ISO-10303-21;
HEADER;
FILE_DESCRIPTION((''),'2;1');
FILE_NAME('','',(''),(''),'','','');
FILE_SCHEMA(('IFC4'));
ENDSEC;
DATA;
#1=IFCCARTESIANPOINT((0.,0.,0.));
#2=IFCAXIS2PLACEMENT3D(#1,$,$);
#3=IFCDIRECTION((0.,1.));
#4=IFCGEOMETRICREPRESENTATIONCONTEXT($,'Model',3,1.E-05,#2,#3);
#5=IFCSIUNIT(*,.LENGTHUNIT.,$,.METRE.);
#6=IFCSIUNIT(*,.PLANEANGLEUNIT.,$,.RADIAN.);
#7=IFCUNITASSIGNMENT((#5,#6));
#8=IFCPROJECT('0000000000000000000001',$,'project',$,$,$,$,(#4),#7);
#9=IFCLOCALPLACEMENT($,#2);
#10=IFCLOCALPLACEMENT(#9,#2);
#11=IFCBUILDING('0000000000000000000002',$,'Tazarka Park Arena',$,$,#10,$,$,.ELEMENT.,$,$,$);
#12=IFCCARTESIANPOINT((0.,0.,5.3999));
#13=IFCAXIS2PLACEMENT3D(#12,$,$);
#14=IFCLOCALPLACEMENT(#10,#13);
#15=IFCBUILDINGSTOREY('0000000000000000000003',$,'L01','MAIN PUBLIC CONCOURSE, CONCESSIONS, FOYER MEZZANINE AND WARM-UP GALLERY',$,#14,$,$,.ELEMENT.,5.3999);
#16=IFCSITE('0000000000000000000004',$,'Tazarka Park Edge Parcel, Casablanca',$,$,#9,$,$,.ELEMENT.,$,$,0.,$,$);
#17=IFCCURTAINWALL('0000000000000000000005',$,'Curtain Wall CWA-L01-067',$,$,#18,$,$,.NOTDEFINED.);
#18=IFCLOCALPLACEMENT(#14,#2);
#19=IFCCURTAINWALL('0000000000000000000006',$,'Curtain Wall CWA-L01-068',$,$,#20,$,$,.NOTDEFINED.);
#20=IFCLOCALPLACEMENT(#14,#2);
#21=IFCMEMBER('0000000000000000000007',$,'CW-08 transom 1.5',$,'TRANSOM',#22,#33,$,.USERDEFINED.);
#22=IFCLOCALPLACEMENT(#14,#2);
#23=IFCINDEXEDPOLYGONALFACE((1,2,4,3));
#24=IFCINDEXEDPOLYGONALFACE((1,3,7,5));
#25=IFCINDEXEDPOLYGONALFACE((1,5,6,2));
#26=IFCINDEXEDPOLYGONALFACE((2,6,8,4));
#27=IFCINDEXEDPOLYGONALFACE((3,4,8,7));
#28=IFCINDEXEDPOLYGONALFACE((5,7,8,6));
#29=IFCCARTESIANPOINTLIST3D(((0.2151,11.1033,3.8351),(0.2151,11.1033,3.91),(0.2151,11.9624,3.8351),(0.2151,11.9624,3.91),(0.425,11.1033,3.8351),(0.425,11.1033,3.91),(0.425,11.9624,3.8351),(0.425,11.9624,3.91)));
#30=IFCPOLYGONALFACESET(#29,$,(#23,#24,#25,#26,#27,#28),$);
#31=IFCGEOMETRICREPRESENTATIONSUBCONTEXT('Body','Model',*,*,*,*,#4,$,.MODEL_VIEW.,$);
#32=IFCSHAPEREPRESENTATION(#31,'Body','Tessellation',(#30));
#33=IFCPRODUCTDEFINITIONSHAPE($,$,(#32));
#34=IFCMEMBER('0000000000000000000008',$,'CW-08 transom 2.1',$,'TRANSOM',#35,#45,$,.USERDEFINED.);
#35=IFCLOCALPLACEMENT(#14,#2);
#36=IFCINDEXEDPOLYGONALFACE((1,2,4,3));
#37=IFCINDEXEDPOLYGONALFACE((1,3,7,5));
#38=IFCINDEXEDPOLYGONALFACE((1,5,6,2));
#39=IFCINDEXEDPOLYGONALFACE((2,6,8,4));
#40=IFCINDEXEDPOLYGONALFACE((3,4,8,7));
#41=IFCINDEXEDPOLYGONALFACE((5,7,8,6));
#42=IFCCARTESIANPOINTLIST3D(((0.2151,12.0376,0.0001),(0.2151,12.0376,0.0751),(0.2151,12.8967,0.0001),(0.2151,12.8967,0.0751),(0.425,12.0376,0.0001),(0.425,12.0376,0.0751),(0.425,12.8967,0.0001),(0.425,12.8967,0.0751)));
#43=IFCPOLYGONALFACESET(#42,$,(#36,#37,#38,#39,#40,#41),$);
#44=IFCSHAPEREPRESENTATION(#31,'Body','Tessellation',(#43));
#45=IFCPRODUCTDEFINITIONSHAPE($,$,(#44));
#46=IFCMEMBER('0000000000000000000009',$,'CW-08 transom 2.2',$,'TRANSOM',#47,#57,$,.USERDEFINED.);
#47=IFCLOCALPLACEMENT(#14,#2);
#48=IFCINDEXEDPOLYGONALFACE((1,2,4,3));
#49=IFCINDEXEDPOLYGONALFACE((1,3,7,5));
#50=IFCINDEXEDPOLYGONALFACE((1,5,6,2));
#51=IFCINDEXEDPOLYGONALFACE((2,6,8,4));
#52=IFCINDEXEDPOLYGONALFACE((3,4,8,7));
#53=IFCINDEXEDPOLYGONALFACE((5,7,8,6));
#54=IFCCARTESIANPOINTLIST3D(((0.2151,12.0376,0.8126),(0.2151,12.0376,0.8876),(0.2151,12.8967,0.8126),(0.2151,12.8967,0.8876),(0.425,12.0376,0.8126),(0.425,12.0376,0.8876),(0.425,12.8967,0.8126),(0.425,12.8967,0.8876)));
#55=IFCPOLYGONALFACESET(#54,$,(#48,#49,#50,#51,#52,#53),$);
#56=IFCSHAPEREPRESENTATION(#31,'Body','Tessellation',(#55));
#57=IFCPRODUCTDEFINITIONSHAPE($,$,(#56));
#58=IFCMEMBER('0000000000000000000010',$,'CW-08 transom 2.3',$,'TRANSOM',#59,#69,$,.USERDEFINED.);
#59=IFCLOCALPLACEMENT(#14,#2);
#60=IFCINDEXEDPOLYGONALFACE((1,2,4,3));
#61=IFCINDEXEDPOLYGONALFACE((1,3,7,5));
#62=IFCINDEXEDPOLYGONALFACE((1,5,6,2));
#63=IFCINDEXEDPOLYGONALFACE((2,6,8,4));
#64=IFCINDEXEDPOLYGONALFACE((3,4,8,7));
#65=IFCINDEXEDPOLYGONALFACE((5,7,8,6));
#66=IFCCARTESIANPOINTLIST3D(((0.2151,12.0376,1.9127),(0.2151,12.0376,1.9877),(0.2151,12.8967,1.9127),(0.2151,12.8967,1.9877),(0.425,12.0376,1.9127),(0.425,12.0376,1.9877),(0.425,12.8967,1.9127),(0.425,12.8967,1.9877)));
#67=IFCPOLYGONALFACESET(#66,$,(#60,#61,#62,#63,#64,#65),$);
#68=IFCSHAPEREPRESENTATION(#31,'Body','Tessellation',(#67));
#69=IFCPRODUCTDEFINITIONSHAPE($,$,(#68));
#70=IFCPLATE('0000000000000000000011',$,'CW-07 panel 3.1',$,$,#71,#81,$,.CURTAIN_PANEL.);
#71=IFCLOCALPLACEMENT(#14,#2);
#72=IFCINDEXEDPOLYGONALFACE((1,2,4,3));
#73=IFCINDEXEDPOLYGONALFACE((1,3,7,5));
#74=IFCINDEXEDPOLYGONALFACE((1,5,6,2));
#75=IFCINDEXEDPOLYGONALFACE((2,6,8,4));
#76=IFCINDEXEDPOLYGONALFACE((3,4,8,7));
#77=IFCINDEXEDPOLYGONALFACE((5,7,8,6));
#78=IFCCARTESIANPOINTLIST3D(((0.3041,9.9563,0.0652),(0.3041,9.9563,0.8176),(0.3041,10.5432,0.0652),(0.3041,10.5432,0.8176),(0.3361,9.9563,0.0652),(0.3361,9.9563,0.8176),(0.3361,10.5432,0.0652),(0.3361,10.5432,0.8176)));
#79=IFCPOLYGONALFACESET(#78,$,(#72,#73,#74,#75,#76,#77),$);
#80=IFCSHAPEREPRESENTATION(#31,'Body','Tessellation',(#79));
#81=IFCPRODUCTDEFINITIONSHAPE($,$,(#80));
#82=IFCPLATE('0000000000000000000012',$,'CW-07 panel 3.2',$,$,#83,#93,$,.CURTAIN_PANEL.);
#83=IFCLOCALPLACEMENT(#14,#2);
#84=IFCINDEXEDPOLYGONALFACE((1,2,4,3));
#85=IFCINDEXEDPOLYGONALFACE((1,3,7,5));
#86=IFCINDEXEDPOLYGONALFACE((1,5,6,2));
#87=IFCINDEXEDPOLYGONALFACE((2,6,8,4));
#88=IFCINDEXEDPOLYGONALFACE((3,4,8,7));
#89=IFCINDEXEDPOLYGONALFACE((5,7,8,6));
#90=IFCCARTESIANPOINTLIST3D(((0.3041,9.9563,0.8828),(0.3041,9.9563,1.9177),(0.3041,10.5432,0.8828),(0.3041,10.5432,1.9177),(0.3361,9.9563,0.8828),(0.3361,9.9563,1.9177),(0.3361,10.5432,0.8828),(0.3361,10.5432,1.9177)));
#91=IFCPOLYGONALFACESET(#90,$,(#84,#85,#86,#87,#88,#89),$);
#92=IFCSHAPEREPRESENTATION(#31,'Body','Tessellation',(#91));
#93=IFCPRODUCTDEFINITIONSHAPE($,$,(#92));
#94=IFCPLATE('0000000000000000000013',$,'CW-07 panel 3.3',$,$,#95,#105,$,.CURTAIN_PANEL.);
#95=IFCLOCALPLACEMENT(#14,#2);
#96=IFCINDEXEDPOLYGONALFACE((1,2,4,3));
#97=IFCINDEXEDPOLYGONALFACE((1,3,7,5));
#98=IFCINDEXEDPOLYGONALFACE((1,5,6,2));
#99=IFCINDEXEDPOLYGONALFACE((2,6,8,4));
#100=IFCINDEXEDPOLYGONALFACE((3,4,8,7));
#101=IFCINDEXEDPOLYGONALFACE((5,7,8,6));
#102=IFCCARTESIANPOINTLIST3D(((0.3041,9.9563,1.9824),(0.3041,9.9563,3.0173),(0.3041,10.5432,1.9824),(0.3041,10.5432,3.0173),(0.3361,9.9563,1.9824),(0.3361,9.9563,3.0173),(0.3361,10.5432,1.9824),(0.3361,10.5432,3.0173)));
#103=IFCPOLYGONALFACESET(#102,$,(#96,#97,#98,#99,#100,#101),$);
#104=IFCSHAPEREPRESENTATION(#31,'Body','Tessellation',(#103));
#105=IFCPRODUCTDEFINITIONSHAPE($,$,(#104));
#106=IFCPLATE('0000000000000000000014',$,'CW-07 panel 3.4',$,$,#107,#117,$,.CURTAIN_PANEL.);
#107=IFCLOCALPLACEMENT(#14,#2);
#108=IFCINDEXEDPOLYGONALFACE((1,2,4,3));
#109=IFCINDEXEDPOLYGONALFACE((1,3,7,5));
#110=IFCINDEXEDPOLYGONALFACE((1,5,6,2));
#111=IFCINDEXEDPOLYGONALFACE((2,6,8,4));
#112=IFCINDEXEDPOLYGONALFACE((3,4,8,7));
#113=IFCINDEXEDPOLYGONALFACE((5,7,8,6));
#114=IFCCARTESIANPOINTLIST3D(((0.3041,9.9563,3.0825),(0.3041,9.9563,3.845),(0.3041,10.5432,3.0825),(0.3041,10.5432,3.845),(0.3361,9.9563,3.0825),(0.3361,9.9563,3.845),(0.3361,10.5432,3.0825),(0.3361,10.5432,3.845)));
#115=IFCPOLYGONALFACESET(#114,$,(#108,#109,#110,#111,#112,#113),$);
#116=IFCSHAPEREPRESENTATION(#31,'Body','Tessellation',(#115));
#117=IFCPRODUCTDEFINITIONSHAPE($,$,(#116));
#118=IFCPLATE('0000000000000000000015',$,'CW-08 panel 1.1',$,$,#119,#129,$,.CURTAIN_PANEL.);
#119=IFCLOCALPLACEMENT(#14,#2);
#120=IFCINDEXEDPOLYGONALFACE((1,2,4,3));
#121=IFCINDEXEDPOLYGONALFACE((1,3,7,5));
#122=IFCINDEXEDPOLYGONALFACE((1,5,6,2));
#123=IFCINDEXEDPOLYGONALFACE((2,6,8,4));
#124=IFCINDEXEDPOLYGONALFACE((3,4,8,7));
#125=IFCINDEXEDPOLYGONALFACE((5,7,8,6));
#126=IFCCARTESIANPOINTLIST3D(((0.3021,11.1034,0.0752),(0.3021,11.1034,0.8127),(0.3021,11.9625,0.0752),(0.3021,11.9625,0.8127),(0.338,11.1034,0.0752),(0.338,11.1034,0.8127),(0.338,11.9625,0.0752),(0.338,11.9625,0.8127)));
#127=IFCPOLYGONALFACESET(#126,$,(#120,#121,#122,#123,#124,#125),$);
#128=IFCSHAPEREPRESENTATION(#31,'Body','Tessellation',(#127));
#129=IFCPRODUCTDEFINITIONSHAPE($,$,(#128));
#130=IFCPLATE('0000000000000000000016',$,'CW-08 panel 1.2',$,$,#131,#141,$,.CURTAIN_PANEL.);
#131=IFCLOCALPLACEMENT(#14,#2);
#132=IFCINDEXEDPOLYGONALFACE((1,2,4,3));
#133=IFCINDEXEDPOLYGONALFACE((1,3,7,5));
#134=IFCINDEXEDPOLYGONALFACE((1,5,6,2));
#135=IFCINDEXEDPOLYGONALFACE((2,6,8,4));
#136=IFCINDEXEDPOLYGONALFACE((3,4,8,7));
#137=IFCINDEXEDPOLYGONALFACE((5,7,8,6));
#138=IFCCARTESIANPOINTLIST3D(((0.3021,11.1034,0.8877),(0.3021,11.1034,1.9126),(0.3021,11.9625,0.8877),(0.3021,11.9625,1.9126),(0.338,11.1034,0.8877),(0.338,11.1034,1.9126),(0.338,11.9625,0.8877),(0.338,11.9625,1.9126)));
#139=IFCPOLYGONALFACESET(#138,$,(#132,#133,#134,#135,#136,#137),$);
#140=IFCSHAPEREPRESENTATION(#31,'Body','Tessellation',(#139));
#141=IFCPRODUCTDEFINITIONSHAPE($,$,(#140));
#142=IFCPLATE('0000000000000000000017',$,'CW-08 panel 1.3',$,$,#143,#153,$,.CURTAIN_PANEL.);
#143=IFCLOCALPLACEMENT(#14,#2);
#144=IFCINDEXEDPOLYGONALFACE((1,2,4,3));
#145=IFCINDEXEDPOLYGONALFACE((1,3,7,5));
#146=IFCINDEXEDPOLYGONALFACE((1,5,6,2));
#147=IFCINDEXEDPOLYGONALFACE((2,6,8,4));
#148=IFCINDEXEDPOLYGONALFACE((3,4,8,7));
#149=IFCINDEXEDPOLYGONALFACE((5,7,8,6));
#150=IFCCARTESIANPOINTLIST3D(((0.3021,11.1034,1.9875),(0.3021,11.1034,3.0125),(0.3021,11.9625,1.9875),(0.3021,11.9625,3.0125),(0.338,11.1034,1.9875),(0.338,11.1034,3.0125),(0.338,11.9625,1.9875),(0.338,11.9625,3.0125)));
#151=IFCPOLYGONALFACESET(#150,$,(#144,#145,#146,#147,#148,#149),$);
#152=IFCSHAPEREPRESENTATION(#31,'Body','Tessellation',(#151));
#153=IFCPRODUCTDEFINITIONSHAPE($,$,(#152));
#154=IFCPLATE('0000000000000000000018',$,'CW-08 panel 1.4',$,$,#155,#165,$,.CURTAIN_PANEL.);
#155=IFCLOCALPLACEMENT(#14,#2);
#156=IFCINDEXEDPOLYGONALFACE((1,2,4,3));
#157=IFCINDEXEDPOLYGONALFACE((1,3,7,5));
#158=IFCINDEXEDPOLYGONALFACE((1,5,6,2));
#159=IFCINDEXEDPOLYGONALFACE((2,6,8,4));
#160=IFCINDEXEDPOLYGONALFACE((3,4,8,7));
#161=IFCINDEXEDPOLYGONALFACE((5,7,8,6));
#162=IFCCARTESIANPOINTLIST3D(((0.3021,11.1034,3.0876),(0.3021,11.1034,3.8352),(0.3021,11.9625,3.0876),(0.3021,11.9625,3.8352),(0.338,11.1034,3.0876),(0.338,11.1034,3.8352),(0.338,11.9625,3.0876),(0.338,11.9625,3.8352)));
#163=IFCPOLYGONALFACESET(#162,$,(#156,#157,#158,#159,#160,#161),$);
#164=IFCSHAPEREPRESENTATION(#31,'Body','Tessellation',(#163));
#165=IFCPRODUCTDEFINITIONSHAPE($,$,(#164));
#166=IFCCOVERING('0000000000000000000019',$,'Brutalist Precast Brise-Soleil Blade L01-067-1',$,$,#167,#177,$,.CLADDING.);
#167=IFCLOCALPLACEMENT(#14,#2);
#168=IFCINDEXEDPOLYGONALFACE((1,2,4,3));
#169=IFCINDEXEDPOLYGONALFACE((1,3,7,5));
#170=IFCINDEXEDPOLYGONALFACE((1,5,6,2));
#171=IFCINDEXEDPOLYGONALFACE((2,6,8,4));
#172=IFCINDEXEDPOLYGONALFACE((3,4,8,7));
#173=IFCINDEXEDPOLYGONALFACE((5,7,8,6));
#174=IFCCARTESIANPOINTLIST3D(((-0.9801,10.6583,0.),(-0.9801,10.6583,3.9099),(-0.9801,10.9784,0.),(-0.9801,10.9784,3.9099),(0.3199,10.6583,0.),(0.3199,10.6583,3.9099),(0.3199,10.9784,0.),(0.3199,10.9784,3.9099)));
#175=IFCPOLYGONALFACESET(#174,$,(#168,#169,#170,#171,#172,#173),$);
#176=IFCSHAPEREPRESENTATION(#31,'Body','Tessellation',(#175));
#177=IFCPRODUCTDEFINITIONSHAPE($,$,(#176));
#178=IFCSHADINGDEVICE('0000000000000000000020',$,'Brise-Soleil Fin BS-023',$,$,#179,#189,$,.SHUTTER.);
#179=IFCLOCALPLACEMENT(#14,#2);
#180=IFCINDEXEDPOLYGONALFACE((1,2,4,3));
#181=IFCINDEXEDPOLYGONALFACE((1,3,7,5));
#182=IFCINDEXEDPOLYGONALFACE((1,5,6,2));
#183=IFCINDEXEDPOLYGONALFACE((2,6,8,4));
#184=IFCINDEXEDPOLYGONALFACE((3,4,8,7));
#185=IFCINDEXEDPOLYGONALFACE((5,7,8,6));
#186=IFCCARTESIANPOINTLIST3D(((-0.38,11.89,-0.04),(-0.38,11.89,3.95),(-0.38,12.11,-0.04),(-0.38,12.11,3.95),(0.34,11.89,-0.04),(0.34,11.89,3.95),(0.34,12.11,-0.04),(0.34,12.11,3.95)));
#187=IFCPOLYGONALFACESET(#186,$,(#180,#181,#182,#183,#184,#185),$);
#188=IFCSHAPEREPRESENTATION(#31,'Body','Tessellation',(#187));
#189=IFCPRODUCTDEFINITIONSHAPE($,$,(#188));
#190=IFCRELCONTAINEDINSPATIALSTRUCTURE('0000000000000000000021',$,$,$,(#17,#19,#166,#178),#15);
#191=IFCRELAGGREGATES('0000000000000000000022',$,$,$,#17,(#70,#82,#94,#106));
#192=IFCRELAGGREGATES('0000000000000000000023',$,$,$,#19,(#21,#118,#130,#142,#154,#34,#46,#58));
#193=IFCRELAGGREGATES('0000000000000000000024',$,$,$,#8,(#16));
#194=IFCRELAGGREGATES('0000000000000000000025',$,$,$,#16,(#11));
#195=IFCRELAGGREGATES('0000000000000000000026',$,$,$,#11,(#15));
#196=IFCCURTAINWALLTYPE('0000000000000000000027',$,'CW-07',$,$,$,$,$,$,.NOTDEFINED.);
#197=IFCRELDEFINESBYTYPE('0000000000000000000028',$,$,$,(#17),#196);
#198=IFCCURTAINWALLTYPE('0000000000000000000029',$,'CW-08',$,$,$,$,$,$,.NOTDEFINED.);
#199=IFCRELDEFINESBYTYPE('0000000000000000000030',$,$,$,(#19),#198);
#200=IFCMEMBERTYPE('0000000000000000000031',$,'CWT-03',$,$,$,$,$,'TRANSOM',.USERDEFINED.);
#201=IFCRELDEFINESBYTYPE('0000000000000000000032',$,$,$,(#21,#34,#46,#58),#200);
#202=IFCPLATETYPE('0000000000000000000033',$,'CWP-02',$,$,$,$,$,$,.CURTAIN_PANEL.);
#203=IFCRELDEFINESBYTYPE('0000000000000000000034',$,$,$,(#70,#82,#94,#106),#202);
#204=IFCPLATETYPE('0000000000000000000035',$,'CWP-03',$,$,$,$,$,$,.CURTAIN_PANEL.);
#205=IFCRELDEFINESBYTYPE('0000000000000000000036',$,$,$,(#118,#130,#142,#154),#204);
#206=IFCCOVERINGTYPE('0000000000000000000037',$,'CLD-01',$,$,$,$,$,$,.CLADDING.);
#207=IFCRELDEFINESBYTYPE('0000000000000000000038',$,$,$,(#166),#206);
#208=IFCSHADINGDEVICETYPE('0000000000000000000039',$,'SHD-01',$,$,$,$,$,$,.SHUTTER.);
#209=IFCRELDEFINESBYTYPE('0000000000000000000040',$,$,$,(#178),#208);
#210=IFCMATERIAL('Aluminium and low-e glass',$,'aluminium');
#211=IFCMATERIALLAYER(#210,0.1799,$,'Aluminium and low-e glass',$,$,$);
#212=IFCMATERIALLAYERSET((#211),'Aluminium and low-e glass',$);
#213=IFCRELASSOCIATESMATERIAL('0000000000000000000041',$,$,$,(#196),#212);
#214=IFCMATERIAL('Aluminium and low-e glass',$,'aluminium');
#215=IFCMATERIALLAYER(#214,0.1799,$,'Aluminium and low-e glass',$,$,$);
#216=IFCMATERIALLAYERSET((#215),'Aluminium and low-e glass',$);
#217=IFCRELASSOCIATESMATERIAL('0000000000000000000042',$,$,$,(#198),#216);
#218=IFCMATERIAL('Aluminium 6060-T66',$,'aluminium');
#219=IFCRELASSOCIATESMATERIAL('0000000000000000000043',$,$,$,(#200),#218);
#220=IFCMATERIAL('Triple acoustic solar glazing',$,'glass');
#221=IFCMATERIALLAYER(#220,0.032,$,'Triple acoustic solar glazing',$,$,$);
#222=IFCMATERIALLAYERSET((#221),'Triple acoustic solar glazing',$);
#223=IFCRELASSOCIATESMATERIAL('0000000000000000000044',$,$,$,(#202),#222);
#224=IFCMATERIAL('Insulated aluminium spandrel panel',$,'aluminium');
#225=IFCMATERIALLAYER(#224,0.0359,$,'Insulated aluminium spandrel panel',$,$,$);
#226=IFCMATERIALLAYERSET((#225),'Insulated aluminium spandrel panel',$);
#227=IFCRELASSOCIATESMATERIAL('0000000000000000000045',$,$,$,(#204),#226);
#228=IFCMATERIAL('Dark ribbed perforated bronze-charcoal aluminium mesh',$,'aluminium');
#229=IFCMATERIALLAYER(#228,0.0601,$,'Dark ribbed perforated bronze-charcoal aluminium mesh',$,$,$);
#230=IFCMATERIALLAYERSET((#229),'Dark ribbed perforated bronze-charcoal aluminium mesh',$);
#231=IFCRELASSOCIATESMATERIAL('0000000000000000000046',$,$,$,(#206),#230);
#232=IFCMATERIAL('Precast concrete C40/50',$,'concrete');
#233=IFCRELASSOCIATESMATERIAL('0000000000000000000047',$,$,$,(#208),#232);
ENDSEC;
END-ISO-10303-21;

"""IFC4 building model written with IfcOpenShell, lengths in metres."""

from ifc_helpers import new_model, si_unit, direction, frame, origin, origin_2d, place, context, subcontext, project, spatial, rectangle, extrude, material, layer, layer_set, material_profile, profile_set, type_object, element, aggregate, save


model = new_model("IFC4")

# Units and contexts
model_context = context("Model", 3, precision=1e-05, world=origin(), true_north=direction((0.0, 1.0)))
body_context = subcontext(model_context, "Body", "Model", "MODEL_VIEW")
ifc_project = project(units=[si_unit("LENGTHUNIT", "METRE"), si_unit("PLANEANGLEUNIT", "RADIAN")], contexts=[model_context])

# Site, building, storey
site_placement = place(None, origin())
site = spatial("IfcSite", under=ifc_project, at=site_placement, Name="Tazarka Park Edge Parcel, Casablanca", CompositionType="ELEMENT", RefElevation=0.0)
building_placement = place(site_placement, origin())
building = spatial("IfcBuilding", under=site, at=building_placement, Name="Tazarka Park Arena", CompositionType="ELEMENT")
storey_placement = place(building_placement, frame((0.0, 0.0, 5.3999)))
storey = spatial("IfcBuildingStorey", under=building, at=storey_placement, Name="L01", Description="MAIN PUBLIC CONCOURSE, CONCESSIONS, FOYER MEZZANINE AND WARM-UP GALLERY", CompositionType="ELEMENT", Elevation=5.3999)

# Curtain wall
ifc_material_1 = material(Name="Aluminium and low-e glass", Category="aluminium")
ifc_layer_1 = layer(ifc_material_1, 0.1799, Name="Aluminium and low-e glass")
ifc_layer_set_1 = layer_set([ifc_layer_1], Name="Aluminium and low-e glass")
curtain_wall_type_1 = type_object("IfcCurtainWallType", Name="CW-07", PredefinedType="NOTDEFINED", material=ifc_layer_set_1)
curtain_wall_1_placement = place(storey_placement, origin())
curtain_wall_1 = element("IfcCurtainWall", 1, at=curtain_wall_1_placement, inside=storey, type_object=curtain_wall_type_1, Name="Curtain Wall CWA-L01-067", PredefinedType="NOTDEFINED")

# Curtain wall
ifc_material_2 = material(Name="Aluminium and low-e glass", Category="aluminium")
ifc_layer_2 = layer(ifc_material_2, 0.1799, Name="Aluminium and low-e glass")
ifc_layer_set_2 = layer_set([ifc_layer_2], Name="Aluminium and low-e glass")
curtain_wall_type_2 = type_object("IfcCurtainWallType", Name="CW-08", PredefinedType="NOTDEFINED", material=ifc_layer_set_2)
curtain_wall_2_placement = place(storey_placement, origin())
curtain_wall_2 = element("IfcCurtainWall", 2, at=curtain_wall_2_placement, inside=storey, type_object=curtain_wall_type_2, Name="Curtain Wall CWA-L01-068", PredefinedType="NOTDEFINED")

# Members
ifc_material_3 = material(Name="Aluminium 6060-T66", Category="aluminium")
ifc_material_profile_1 = material_profile(ifc_material_3, rectangle(XDim=0.21, YDim=0.075, at=origin_2d()), Name="Aluminium 6060-T66")
ifc_profile_set_1 = profile_set([ifc_material_profile_1], Name="Aluminium 6060-T66")
member_type_1 = type_object("IfcMemberType", Name="CWT-03", ElementType="TRANSOM", PredefinedType="USERDEFINED", material=ifc_profile_set_1)
member_1_placement = place(storey_placement, frame((0.3201, 11.1033, 3.8726), z_axis=(0.0, 1.0, 0.0), x_axis=(-1.0, 0.0, 0.0)))
member_1 = element("IfcMember", 3, at=member_1_placement, type_object=member_type_1, Name="CW-08 transom 1.5", ObjectType="TRANSOM", PredefinedType="USERDEFINED", context=body_context, shape_type="SweptSolid", body=[
    extrude(rectangle(XDim=0.21, YDim=0.075, at=origin_2d()), origin(), (0.0, 0.0, 1.0), 0.8591),
])
member_2_placement = place(storey_placement, frame((0.3201, 12.0376, 0.0376), z_axis=(0.0, 1.0, 0.0), x_axis=(-1.0, 0.0, 0.0)))
member_2 = element("IfcMember", 4, at=member_2_placement, type_object=member_type_1, Name="CW-08 transom 2.1", ObjectType="TRANSOM", PredefinedType="USERDEFINED", context=body_context, shape_type="SweptSolid", body=[
    extrude(rectangle(XDim=0.21, YDim=0.075, at=origin_2d()), origin(), (0.0, 0.0, 1.0), 0.8591),
])
member_3_placement = place(storey_placement, frame((0.3201, 12.0376, 0.8501), z_axis=(0.0, 1.0, 0.0), x_axis=(-1.0, 0.0, 0.0)))
member_3 = element("IfcMember", 5, at=member_3_placement, type_object=member_type_1, Name="CW-08 transom 2.2", ObjectType="TRANSOM", PredefinedType="USERDEFINED", context=body_context, shape_type="SweptSolid", body=[
    extrude(rectangle(XDim=0.21, YDim=0.075, at=origin_2d()), origin(), (0.0, 0.0, 1.0), 0.8591),
])
member_4_placement = place(storey_placement, frame((0.3201, 12.0376, 1.9502), z_axis=(0.0, 1.0, 0.0), x_axis=(-1.0, 0.0, 0.0)))
member_4 = element("IfcMember", 6, at=member_4_placement, type_object=member_type_1, Name="CW-08 transom 2.3", ObjectType="TRANSOM", PredefinedType="USERDEFINED", context=body_context, shape_type="SweptSolid", body=[
    extrude(rectangle(XDim=0.21, YDim=0.075, at=origin_2d()), origin(), (0.0, 0.0, 1.0), 0.8591),
])

# Plates
ifc_material_4 = material(Name="Triple acoustic solar glazing", Category="glass")
ifc_layer_3 = layer(ifc_material_4, 0.032, Name="Triple acoustic solar glazing")
ifc_layer_set_3 = layer_set([ifc_layer_3], Name="Triple acoustic solar glazing")
plate_type_1 = type_object("IfcPlateType", Name="CWP-02", PredefinedType="CURTAIN_PANEL", material=ifc_layer_set_3)
plate_1_placement = place(storey_placement, frame((0.3201, 10.2498, 0.0652), z_axis=(0.0, 0.0, 1.0), x_axis=(0.0, 1.0, 0.0)))
plate_1 = element("IfcPlate", 7, at=plate_1_placement, type_object=plate_type_1, Name="CW-07 panel 3.1", PredefinedType="CURTAIN_PANEL", context=body_context, shape_type="SweptSolid", body=[
    extrude(rectangle(XDim=0.5869, YDim=0.032, at=origin_2d()), origin(), (0.0, 0.0, 1.0), 0.7524),
])
plate_2_placement = place(storey_placement, frame((0.3201, 10.2498, 0.8828), z_axis=(0.0, 0.0, 1.0), x_axis=(0.0, 1.0, 0.0)))
plate_2 = element("IfcPlate", 8, at=plate_2_placement, type_object=plate_type_1, Name="CW-07 panel 3.2", PredefinedType="CURTAIN_PANEL", context=body_context, shape_type="SweptSolid", body=[
    extrude(rectangle(XDim=0.5869, YDim=0.032, at=origin_2d()), origin(), (0.0, 0.0, 1.0), 1.0349),
])
plate_3_placement = place(storey_placement, frame((0.3201, 10.2498, 1.9824), z_axis=(0.0, 0.0, 1.0), x_axis=(0.0, 1.0, 0.0)))
plate_3 = element("IfcPlate", 9, at=plate_3_placement, type_object=plate_type_1, Name="CW-07 panel 3.3", PredefinedType="CURTAIN_PANEL", context=body_context, shape_type="SweptSolid", body=[
    extrude(rectangle(XDim=0.5869, YDim=0.032, at=origin_2d()), origin(), (0.0, 0.0, 1.0), 1.0349),
])
plate_4_placement = place(storey_placement, frame((0.3201, 10.2498, 3.0825), z_axis=(0.0, 0.0, 1.0), x_axis=(0.0, 1.0, 0.0)))
plate_4 = element("IfcPlate", 10, at=plate_4_placement, type_object=plate_type_1, Name="CW-07 panel 3.4", PredefinedType="CURTAIN_PANEL", context=body_context, shape_type="SweptSolid", body=[
    extrude(rectangle(XDim=0.5869, YDim=0.032, at=origin_2d()), origin(), (0.0, 0.0, 1.0), 0.7625),
])
aggregate(curtain_wall_1, [plate_1, plate_2, plate_3, plate_4])
ifc_material_5 = material(Name="Insulated aluminium spandrel panel", Category="aluminium")
ifc_layer_4 = layer(ifc_material_5, 0.0359, Name="Insulated aluminium spandrel panel")
ifc_layer_set_4 = layer_set([ifc_layer_4], Name="Insulated aluminium spandrel panel")
plate_type_2 = type_object("IfcPlateType", Name="CWP-03", PredefinedType="CURTAIN_PANEL", material=ifc_layer_set_4)
plate_5_placement = place(storey_placement, frame((0.3201, 11.533, 0.0752), z_axis=(0.0, 0.0, 1.0), x_axis=(0.0, 1.0, 0.0)))
plate_5 = element("IfcPlate", 11, at=plate_5_placement, type_object=plate_type_2, Name="CW-08 panel 1.1", PredefinedType="CURTAIN_PANEL", context=body_context, shape_type="SweptSolid", body=[
    extrude(rectangle(XDim=0.8591, YDim=0.0359, at=origin_2d()), origin(), (0.0, 0.0, 1.0), 0.7375),
])
plate_6_placement = place(storey_placement, frame((0.3201, 11.533, 0.8877), z_axis=(0.0, 0.0, 1.0), x_axis=(0.0, 1.0, 0.0)))
plate_6 = element("IfcPlate", 12, at=plate_6_placement, type_object=plate_type_2, Name="CW-08 panel 1.2", PredefinedType="CURTAIN_PANEL", context=body_context, shape_type="SweptSolid", body=[
    extrude(rectangle(XDim=0.8591, YDim=0.0359, at=origin_2d()), origin(), (0.0, 0.0, 1.0), 1.0249),
])
plate_7_placement = place(storey_placement, frame((0.3201, 11.533, 1.9875), z_axis=(0.0, 0.0, 1.0), x_axis=(0.0, 1.0, 0.0)))
plate_7 = element("IfcPlate", 13, at=plate_7_placement, type_object=plate_type_2, Name="CW-08 panel 1.3", PredefinedType="CURTAIN_PANEL", context=body_context, shape_type="SweptSolid", body=[
    extrude(rectangle(XDim=0.8591, YDim=0.0359, at=origin_2d()), origin(), (0.0, 0.0, 1.0), 1.0249),
])
plate_8_placement = place(storey_placement, frame((0.3201, 11.533, 3.0876), z_axis=(0.0, 0.0, 1.0), x_axis=(0.0, 1.0, 0.0)))
plate_8 = element("IfcPlate", 14, at=plate_8_placement, type_object=plate_type_2, Name="CW-08 panel 1.4", PredefinedType="CURTAIN_PANEL", context=body_context, shape_type="SweptSolid", body=[
    extrude(rectangle(XDim=0.8591, YDim=0.0359, at=origin_2d()), origin(), (0.0, 0.0, 1.0), 0.7476),
])
aggregate(curtain_wall_2, [member_1, plate_5, plate_6, plate_7, plate_8, member_2, member_3, member_4])

# Covering
ifc_material_6 = material(Name="Dark ribbed perforated bronze-charcoal aluminium mesh", Category="aluminium")
ifc_layer_5 = layer(ifc_material_6, 0.0601, Name="Dark ribbed perforated bronze-charcoal aluminium mesh")
ifc_layer_set_5 = layer_set([ifc_layer_5], Name="Dark ribbed perforated bronze-charcoal aluminium mesh")
covering_type = type_object("IfcCoveringType", Name="CLD-01", PredefinedType="CLADDING", material=ifc_layer_set_5)
covering_placement = place(storey_placement, frame((-0.3301, 10.8184, 0.0), z_axis=(0.0, 0.0, 1.0), x_axis=(0.0, 1.0, 0.0)))
element("IfcCovering", 15, at=covering_placement, inside=storey, type_object=covering_type, Name="Brutalist Precast Brise-Soleil Blade L01-067-1", PredefinedType="CLADDING", context=body_context, shape_type="SweptSolid", body=[
    extrude(rectangle(XDim=0.3201, YDim=1.3, at=origin_2d()), origin(), (0.0, 0.0, 1.0), 3.9099),
])

# Shading device
ifc_material_7 = material(Name="Precast concrete C40/50", Category="concrete")
shading_device_type = type_object("IfcShadingDeviceType", Name="SHD-01", PredefinedType="SHUTTER", material=ifc_material_7)
shading_device_placement = place(storey_placement, frame((-0.02, 12.0, -0.04), z_axis=(0.0, 0.0, 1.0), x_axis=(0.0, 1.0, 0.0)))
element("IfcShadingDevice", 16, at=shading_device_placement, inside=storey, type_object=shading_device_type, Name="Brise-Soleil Fin BS-023", PredefinedType="SHUTTER", context=body_context, shape_type="SweptSolid", body=[
    extrude(rectangle(XDim=0.22, YDim=0.72, at=origin_2d()), origin(), (0.0, 0.0, 1.0), 3.99),
])

save(model, "model.ifc")
